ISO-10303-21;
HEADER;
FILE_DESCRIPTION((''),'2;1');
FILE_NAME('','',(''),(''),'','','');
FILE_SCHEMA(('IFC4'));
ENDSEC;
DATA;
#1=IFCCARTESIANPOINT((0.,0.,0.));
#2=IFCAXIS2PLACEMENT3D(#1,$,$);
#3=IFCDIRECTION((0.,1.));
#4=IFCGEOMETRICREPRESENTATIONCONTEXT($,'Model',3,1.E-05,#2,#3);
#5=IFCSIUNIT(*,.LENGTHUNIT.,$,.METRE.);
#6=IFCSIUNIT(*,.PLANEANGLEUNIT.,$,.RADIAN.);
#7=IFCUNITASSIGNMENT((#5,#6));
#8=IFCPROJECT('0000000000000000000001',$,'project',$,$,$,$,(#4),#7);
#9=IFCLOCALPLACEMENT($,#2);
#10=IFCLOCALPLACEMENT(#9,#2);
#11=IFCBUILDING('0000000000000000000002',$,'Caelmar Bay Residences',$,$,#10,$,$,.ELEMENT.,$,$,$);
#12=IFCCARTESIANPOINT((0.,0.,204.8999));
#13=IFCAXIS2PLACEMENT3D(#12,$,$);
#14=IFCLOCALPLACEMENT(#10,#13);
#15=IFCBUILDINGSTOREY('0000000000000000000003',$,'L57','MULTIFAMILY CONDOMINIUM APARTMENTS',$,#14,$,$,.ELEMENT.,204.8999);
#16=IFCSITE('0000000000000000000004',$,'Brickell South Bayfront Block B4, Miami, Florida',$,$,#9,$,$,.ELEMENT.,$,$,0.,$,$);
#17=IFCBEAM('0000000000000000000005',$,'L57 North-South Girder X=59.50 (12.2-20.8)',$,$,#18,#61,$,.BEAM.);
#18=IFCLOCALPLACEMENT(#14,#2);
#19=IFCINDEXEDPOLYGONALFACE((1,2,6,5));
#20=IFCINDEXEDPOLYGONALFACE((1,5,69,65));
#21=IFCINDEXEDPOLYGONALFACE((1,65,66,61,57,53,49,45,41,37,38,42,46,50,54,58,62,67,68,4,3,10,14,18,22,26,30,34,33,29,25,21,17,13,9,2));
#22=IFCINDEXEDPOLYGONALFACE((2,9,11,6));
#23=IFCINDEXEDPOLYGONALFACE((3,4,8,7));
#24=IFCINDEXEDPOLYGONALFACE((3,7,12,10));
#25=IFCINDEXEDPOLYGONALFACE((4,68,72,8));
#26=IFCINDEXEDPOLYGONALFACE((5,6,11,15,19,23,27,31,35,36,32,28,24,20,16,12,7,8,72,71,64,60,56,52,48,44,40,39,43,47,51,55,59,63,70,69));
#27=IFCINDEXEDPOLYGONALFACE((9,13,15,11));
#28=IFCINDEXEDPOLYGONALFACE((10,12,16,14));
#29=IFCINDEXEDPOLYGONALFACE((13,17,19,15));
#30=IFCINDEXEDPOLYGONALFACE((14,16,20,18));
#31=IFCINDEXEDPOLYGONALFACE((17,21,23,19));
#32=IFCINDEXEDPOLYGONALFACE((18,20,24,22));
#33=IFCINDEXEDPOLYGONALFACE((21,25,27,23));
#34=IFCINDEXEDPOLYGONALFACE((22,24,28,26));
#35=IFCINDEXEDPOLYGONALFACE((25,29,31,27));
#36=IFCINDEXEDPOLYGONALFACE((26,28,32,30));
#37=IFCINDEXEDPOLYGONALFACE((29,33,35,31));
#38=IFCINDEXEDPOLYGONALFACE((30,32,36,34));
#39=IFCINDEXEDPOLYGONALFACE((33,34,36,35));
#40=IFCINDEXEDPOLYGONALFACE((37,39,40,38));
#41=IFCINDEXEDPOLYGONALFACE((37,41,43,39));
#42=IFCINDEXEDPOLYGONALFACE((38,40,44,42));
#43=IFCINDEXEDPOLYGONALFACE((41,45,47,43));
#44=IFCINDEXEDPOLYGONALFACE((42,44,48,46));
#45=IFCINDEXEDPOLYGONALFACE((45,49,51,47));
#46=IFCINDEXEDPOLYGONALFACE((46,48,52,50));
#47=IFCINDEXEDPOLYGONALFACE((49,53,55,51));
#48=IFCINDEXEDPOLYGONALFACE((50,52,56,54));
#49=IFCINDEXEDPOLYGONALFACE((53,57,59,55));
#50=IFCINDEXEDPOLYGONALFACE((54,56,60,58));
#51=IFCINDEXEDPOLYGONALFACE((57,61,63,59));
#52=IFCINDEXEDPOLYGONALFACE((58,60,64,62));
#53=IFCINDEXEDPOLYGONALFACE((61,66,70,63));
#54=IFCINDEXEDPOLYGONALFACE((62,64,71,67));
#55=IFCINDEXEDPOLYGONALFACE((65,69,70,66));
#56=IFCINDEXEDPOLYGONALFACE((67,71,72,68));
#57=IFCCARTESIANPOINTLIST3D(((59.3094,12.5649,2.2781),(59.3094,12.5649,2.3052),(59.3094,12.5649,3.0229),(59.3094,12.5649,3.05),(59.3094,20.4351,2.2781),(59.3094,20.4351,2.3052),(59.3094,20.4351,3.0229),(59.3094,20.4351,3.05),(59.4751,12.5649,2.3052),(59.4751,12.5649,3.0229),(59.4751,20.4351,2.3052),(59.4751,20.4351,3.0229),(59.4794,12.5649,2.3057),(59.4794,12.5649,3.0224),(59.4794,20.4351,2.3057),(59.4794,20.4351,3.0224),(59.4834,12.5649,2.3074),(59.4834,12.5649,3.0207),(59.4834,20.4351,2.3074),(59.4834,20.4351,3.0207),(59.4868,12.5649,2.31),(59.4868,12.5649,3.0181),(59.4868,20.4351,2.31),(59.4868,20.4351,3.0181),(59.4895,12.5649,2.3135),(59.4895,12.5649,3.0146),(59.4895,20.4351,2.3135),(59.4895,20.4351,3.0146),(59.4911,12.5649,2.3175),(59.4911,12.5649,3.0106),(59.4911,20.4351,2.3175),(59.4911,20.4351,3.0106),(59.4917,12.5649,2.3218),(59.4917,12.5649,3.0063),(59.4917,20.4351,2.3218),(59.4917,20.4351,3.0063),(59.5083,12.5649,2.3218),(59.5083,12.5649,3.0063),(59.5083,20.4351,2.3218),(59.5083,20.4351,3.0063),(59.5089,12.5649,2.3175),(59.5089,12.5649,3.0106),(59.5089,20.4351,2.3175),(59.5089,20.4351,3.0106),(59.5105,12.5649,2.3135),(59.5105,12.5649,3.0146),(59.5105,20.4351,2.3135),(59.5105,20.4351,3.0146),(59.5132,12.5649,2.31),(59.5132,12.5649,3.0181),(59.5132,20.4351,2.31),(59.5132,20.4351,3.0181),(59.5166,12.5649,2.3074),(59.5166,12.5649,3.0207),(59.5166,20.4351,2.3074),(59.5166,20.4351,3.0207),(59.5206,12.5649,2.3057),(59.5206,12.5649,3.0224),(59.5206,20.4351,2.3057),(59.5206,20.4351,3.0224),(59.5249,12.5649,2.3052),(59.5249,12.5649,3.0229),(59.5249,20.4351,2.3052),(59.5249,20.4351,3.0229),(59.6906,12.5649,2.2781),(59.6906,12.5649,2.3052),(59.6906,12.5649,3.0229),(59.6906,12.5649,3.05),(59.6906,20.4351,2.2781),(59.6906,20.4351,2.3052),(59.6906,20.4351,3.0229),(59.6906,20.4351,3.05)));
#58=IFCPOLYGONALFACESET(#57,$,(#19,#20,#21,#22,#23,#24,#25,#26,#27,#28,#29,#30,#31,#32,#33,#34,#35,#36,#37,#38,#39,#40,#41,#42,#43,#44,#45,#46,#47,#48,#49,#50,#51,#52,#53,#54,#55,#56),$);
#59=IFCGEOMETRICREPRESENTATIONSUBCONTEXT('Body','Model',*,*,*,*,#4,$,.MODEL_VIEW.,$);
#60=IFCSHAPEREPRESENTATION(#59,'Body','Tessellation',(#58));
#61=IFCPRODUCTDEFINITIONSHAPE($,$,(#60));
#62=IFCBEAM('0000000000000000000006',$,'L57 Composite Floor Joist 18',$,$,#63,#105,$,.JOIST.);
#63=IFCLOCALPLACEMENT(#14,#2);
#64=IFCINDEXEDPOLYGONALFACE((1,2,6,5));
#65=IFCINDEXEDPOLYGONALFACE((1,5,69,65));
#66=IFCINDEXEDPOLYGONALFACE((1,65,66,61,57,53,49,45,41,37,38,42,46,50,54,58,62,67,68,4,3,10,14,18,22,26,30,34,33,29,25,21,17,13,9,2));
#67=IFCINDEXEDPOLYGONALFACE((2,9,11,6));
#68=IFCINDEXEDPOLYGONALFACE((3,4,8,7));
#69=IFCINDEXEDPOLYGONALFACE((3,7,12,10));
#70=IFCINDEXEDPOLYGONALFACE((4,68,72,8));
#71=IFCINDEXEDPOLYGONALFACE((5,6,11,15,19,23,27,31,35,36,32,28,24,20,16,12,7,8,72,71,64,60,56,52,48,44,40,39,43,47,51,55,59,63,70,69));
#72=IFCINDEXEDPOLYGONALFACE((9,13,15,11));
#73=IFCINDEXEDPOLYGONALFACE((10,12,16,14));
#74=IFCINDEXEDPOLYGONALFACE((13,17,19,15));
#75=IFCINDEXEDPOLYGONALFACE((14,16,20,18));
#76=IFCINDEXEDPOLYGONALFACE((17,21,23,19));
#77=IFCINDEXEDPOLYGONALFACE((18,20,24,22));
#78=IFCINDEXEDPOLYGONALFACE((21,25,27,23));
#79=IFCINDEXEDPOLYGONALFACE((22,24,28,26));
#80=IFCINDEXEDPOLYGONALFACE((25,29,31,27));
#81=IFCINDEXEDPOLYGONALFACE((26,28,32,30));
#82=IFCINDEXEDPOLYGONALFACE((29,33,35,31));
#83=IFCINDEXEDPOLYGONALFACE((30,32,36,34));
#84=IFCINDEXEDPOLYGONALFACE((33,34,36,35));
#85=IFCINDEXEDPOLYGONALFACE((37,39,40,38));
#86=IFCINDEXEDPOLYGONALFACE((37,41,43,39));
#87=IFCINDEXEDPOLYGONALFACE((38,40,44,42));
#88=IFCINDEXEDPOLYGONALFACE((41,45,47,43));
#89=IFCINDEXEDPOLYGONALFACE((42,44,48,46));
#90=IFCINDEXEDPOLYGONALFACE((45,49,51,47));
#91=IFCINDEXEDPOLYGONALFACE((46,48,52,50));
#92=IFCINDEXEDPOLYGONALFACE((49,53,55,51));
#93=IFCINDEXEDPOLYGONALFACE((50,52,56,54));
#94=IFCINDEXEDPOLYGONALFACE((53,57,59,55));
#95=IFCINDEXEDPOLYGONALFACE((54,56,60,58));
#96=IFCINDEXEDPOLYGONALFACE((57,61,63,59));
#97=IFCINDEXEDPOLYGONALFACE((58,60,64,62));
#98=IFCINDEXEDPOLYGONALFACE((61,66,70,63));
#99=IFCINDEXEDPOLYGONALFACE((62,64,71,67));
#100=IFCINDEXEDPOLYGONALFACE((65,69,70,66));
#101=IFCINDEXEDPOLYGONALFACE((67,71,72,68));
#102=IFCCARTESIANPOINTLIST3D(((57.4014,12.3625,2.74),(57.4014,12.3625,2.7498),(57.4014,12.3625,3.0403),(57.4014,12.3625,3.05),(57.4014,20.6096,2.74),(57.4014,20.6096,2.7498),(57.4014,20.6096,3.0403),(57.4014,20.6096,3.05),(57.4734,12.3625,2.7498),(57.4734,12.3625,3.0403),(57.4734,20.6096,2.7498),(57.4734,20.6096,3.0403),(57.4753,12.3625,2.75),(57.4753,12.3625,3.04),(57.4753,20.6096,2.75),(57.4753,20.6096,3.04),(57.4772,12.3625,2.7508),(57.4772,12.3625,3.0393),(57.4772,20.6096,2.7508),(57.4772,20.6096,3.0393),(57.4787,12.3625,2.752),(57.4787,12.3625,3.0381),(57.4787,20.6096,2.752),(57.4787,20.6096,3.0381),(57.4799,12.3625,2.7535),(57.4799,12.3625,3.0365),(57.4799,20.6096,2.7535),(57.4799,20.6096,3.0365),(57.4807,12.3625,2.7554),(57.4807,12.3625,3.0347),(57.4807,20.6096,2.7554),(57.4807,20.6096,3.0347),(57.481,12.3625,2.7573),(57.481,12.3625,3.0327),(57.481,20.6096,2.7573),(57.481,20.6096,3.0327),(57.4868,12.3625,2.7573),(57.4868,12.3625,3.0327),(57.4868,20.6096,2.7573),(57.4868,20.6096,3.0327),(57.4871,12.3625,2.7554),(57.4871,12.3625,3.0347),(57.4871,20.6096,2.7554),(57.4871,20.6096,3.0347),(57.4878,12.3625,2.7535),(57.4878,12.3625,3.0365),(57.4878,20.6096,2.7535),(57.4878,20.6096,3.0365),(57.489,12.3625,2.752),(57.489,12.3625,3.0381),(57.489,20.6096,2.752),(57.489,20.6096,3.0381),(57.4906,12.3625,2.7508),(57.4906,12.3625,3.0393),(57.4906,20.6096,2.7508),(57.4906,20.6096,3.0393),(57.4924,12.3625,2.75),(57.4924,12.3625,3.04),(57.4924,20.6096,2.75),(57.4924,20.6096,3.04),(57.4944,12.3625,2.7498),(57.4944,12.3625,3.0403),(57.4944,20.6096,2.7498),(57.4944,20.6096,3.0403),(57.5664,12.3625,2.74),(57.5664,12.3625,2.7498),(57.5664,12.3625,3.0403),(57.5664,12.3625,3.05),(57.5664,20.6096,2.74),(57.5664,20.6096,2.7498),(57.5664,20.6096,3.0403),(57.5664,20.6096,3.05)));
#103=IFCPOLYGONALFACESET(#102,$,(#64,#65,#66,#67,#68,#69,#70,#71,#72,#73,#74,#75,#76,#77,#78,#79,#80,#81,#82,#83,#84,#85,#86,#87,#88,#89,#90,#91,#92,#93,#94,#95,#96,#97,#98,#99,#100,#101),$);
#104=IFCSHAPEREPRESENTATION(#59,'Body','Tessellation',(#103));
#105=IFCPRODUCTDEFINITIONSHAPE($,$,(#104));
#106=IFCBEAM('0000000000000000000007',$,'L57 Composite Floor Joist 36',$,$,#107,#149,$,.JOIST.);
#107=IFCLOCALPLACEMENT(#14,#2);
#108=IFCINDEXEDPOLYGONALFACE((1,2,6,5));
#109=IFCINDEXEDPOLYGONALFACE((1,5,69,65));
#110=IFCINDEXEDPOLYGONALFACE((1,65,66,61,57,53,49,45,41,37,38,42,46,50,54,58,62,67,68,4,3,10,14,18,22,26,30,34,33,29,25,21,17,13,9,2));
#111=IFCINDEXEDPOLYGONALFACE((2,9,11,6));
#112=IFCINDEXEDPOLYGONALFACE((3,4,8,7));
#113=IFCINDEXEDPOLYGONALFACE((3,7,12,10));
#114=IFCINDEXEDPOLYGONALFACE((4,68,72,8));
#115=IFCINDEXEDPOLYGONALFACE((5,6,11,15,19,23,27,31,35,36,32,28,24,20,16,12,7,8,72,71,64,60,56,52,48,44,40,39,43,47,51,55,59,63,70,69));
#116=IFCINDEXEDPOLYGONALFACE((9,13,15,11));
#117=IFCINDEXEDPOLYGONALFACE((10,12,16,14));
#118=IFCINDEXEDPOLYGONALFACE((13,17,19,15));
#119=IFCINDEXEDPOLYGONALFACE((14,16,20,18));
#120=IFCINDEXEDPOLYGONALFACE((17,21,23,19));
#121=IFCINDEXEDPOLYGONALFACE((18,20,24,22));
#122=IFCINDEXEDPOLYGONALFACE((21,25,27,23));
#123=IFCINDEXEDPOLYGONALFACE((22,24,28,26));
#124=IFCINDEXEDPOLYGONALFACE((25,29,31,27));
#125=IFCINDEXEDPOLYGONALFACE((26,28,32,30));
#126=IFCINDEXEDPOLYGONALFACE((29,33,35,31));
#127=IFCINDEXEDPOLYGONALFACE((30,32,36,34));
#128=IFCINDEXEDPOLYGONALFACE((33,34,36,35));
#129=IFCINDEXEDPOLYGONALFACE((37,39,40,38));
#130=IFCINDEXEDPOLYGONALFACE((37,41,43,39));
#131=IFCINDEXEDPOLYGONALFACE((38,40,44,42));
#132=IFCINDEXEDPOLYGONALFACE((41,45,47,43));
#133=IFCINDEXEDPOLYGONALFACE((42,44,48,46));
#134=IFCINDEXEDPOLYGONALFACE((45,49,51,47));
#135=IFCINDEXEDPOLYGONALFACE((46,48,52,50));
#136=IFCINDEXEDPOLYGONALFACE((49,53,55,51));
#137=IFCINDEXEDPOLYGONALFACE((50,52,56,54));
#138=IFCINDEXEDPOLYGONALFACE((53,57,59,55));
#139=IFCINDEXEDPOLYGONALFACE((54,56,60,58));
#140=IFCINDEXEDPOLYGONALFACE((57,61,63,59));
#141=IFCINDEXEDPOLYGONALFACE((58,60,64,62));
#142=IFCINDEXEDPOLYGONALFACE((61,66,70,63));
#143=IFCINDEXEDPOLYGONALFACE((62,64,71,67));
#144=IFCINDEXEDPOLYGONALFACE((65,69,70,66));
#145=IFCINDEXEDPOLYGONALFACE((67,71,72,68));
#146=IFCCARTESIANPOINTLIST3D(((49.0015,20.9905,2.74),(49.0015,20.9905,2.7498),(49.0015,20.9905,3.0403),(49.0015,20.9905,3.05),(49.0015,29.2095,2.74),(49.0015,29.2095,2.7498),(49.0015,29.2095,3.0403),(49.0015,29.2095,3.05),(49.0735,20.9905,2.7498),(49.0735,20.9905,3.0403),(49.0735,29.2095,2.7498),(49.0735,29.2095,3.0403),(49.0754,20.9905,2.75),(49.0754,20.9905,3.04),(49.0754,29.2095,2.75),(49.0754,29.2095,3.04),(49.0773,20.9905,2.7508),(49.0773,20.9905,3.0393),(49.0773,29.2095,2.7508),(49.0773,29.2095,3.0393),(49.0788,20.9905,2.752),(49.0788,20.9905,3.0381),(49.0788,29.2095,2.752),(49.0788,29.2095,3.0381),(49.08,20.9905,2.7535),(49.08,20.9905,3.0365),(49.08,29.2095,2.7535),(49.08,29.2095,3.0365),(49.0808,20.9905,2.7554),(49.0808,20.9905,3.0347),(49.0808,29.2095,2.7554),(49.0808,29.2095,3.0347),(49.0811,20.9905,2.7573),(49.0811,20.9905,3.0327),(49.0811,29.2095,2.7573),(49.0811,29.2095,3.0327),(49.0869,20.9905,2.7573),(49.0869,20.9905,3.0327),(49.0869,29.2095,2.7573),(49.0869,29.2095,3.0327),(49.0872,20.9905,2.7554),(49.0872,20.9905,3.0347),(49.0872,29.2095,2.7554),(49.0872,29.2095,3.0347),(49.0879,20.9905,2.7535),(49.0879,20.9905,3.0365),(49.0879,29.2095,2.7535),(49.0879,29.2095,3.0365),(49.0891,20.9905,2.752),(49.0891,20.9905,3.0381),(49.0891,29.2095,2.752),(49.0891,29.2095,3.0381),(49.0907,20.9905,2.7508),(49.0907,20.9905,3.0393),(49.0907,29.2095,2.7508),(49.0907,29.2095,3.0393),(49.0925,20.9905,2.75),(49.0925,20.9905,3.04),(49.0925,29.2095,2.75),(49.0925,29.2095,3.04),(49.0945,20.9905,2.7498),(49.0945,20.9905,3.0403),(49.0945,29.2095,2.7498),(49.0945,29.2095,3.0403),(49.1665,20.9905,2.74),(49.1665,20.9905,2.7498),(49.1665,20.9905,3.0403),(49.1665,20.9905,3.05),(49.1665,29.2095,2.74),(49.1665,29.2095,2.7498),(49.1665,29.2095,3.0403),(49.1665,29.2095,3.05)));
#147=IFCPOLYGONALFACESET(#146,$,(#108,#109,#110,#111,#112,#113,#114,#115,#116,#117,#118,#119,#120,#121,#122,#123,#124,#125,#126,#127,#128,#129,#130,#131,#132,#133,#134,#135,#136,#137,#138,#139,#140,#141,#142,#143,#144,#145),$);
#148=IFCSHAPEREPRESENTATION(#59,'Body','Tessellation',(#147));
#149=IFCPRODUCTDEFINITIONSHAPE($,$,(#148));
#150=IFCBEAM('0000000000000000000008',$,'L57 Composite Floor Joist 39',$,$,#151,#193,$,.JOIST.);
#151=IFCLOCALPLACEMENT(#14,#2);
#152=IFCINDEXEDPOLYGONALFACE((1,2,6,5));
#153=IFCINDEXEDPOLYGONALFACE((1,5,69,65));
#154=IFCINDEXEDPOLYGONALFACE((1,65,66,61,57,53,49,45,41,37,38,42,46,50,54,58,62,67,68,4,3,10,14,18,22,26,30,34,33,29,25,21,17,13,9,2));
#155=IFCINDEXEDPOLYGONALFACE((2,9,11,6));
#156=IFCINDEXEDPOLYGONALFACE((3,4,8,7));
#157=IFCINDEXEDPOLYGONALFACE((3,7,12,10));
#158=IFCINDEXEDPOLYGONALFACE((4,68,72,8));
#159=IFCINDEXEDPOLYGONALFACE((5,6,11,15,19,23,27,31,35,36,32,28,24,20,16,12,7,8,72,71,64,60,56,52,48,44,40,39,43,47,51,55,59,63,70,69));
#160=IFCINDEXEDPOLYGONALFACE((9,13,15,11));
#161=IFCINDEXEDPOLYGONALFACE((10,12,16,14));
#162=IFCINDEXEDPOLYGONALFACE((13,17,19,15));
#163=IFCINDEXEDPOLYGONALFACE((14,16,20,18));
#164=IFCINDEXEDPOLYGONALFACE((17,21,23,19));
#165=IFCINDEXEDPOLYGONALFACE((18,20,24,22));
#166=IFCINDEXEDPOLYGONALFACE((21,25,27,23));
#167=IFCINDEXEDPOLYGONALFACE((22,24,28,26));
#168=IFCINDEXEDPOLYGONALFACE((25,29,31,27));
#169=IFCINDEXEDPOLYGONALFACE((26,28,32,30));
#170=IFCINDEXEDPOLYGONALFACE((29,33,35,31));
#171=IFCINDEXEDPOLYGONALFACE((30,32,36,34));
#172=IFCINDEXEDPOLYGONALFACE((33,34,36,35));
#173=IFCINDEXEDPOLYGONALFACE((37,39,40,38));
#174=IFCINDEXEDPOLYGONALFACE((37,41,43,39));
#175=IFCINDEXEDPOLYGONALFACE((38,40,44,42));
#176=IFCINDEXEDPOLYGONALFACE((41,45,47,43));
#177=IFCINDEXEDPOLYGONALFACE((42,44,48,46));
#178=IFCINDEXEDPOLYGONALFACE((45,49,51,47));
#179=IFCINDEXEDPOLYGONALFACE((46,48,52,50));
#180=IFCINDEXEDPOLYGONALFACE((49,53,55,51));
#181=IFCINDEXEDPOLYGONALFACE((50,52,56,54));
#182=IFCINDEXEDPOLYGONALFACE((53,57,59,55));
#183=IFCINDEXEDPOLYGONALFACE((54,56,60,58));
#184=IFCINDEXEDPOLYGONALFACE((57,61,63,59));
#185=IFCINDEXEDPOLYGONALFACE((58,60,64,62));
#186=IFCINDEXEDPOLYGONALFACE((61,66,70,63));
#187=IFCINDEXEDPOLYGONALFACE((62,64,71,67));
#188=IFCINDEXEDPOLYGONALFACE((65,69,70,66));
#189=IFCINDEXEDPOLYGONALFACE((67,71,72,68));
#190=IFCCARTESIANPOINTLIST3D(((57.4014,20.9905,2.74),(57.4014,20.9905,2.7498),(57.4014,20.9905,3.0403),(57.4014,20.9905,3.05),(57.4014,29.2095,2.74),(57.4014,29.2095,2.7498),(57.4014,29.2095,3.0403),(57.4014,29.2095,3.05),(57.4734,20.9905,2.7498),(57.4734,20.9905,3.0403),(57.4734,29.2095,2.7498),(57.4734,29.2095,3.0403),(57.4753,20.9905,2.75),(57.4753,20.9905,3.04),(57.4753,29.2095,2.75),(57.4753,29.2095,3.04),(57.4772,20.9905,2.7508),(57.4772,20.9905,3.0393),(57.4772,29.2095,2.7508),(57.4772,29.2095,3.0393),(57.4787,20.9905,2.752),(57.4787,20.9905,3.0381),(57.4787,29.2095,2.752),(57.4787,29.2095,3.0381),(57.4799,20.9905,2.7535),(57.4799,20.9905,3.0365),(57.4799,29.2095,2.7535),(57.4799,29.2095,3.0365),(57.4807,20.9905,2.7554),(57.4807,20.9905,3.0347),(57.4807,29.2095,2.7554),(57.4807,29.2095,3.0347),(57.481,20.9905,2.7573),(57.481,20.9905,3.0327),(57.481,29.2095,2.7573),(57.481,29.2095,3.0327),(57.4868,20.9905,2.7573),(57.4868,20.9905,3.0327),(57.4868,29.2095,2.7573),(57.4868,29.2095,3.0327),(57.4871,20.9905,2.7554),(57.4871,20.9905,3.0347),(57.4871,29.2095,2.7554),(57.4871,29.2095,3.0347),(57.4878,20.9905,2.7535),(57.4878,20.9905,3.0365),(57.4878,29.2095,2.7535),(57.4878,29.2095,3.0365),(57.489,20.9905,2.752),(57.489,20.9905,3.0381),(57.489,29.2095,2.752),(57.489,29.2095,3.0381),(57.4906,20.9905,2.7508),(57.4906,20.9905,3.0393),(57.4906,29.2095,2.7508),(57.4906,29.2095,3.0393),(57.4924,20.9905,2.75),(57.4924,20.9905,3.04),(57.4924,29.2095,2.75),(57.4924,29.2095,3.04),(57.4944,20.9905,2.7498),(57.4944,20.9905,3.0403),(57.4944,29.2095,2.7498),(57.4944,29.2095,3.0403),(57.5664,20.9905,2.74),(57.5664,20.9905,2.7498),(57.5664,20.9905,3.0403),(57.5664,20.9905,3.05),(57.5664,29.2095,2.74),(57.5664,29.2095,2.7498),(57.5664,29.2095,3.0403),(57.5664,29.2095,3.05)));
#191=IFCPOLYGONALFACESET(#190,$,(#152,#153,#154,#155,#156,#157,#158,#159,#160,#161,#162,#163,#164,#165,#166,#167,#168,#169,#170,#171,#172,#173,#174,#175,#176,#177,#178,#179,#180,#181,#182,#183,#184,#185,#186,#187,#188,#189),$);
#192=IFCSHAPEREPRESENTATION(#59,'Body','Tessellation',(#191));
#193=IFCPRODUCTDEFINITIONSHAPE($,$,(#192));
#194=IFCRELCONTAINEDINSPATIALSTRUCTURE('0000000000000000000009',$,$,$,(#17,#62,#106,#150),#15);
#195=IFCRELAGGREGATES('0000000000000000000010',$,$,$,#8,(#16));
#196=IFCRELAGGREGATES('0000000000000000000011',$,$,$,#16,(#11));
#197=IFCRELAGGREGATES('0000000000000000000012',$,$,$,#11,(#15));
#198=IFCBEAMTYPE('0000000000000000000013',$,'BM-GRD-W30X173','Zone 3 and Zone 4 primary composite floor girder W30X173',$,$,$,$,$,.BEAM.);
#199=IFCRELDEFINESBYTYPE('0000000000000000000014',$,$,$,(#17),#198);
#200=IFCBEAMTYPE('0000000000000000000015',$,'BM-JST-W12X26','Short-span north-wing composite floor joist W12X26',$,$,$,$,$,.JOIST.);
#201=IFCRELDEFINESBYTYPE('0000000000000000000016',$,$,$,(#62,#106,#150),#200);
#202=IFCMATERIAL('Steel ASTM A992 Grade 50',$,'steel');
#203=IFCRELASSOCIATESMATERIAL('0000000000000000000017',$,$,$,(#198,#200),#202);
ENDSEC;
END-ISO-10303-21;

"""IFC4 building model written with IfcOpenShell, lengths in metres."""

from ifc_helpers import new_model, si_unit, direction, frame, origin, origin_2d, place, context, subcontext, project, spatial, i_section, extrude, material, material_profile, profile_set, type_object, element, save


model = new_model("IFC4")

# Units and contexts
model_context = context("Model", 3, precision=1e-05, world=origin(), true_north=direction((0.0, 1.0)))
body_context = subcontext(model_context, "Body", "Model", "MODEL_VIEW")
ifc_project = project(units=[si_unit("LENGTHUNIT", "METRE"), si_unit("PLANEANGLEUNIT", "RADIAN")], contexts=[model_context])

# Site, building, storey
site_placement = place(None, origin())
site = spatial("IfcSite", under=ifc_project, at=site_placement, Name="Brickell South Bayfront Block B4, Miami, Florida", CompositionType="ELEMENT", RefElevation=0.0)
building_placement = place(site_placement, origin())
building = spatial("IfcBuilding", under=site, at=building_placement, Name="Caelmar Bay Residences", CompositionType="ELEMENT")
storey_placement = place(building_placement, frame((0.0, 0.0, 204.8999)))
storey = spatial("IfcBuildingStorey", under=building, at=storey_placement, Name="L57", Description="MULTIFAMILY CONDOMINIUM APARTMENTS", CompositionType="ELEMENT", Elevation=204.8999)

# Beams
ifc_material_1 = material(Name="Steel ASTM A992 Grade 50", Category="steel")
ifc_material_profile_1 = material_profile(ifc_material_1, i_section(OverallWidth=0.3811, OverallDepth=0.772, WebThickness=0.0166, FlangeThickness=0.0271, FilletRadius=0.0166, at=origin_2d()), Name="W30X173")
ifc_profile_set_1 = profile_set([ifc_material_profile_1], Name="Steel ASTM A992 Grade 50")
beam_type_1 = type_object("IfcBeamType", Name="BM-GRD-W30X173", Description="Zone 3 and Zone 4 primary composite floor girder W30X173", PredefinedType="BEAM", material=ifc_profile_set_1)
for number, where, z_axis, x_axis, name in (
    (1, (59.5, 12.5649, 2.6641), (0.0, 1.0, 0.0), (-1.0, 0.0, 0.0), "L57 North-South Girder X=59.50 (12.2-20.8)"),
):
    element("IfcBeam", number, at=place(storey_placement, frame(where, z_axis=z_axis, x_axis=x_axis)), inside=storey, type_object=beam_type_1, Name=name, PredefinedType="BEAM", context=body_context, shape_type="SweptSolid", body=[
        extrude(i_section(OverallWidth=0.3811, OverallDepth=0.772, WebThickness=0.0166, FlangeThickness=0.0271, FilletRadius=0.0166, at=origin_2d()), origin(), (0.0, 0.0, 1.0), 7.8701),
    ])
ifc_material_profile_2 = material_profile(ifc_material_1, i_section(OverallWidth=0.165, OverallDepth=0.3101, WebThickness=0.0059, FlangeThickness=0.0098, FilletRadius=0.0076, at=origin_2d()), Name="W12X26")
ifc_profile_set_2 = profile_set([ifc_material_profile_2], Name="Steel ASTM A992 Grade 50")
beam_type_2 = type_object("IfcBeamType", Name="BM-JST-W12X26", Description="Short-span north-wing composite floor joist W12X26", PredefinedType="JOIST", material=ifc_profile_set_2)
beam_1_placement = place(storey_placement, frame((57.4839, 12.3625, 2.895), z_axis=(0.0, 1.0, 0.0), x_axis=(-1.0, 0.0, 0.0)))
element("IfcBeam", 2, at=beam_1_placement, inside=storey, type_object=beam_type_2, Name="L57 Composite Floor Joist 18", PredefinedType="JOIST", context=body_context, shape_type="SweptSolid", body=[
    extrude(i_section(OverallWidth=0.165, OverallDepth=0.3101, WebThickness=0.0059, FlangeThickness=0.0098, FilletRadius=0.0076, at=origin_2d()), origin(), (0.0, 0.0, 1.0), 8.2471),
])
for number, where, z_axis, x_axis, name in (
    (3, (49.084, 20.9905, 2.895), (0.0, 1.0, 0.0), (-1.0, 0.0, 0.0), "L57 Composite Floor Joist 36"),
    (4, (57.4839, 20.9905, 2.895), (0.0, 1.0, 0.0), (-1.0, 0.0, 0.0), "L57 Composite Floor Joist 39"),
):
    element("IfcBeam", number, at=place(storey_placement, frame(where, z_axis=z_axis, x_axis=x_axis)), inside=storey, type_object=beam_type_2, Name=name, PredefinedType="JOIST", context=body_context, shape_type="SweptSolid", body=[
        extrude(i_section(OverallWidth=0.165, OverallDepth=0.3101, WebThickness=0.0059, FlangeThickness=0.0098, FilletRadius=0.0076, at=origin_2d()), origin(), (0.0, 0.0, 1.0), 8.219),
    ])

save(model, "model.ifc")
